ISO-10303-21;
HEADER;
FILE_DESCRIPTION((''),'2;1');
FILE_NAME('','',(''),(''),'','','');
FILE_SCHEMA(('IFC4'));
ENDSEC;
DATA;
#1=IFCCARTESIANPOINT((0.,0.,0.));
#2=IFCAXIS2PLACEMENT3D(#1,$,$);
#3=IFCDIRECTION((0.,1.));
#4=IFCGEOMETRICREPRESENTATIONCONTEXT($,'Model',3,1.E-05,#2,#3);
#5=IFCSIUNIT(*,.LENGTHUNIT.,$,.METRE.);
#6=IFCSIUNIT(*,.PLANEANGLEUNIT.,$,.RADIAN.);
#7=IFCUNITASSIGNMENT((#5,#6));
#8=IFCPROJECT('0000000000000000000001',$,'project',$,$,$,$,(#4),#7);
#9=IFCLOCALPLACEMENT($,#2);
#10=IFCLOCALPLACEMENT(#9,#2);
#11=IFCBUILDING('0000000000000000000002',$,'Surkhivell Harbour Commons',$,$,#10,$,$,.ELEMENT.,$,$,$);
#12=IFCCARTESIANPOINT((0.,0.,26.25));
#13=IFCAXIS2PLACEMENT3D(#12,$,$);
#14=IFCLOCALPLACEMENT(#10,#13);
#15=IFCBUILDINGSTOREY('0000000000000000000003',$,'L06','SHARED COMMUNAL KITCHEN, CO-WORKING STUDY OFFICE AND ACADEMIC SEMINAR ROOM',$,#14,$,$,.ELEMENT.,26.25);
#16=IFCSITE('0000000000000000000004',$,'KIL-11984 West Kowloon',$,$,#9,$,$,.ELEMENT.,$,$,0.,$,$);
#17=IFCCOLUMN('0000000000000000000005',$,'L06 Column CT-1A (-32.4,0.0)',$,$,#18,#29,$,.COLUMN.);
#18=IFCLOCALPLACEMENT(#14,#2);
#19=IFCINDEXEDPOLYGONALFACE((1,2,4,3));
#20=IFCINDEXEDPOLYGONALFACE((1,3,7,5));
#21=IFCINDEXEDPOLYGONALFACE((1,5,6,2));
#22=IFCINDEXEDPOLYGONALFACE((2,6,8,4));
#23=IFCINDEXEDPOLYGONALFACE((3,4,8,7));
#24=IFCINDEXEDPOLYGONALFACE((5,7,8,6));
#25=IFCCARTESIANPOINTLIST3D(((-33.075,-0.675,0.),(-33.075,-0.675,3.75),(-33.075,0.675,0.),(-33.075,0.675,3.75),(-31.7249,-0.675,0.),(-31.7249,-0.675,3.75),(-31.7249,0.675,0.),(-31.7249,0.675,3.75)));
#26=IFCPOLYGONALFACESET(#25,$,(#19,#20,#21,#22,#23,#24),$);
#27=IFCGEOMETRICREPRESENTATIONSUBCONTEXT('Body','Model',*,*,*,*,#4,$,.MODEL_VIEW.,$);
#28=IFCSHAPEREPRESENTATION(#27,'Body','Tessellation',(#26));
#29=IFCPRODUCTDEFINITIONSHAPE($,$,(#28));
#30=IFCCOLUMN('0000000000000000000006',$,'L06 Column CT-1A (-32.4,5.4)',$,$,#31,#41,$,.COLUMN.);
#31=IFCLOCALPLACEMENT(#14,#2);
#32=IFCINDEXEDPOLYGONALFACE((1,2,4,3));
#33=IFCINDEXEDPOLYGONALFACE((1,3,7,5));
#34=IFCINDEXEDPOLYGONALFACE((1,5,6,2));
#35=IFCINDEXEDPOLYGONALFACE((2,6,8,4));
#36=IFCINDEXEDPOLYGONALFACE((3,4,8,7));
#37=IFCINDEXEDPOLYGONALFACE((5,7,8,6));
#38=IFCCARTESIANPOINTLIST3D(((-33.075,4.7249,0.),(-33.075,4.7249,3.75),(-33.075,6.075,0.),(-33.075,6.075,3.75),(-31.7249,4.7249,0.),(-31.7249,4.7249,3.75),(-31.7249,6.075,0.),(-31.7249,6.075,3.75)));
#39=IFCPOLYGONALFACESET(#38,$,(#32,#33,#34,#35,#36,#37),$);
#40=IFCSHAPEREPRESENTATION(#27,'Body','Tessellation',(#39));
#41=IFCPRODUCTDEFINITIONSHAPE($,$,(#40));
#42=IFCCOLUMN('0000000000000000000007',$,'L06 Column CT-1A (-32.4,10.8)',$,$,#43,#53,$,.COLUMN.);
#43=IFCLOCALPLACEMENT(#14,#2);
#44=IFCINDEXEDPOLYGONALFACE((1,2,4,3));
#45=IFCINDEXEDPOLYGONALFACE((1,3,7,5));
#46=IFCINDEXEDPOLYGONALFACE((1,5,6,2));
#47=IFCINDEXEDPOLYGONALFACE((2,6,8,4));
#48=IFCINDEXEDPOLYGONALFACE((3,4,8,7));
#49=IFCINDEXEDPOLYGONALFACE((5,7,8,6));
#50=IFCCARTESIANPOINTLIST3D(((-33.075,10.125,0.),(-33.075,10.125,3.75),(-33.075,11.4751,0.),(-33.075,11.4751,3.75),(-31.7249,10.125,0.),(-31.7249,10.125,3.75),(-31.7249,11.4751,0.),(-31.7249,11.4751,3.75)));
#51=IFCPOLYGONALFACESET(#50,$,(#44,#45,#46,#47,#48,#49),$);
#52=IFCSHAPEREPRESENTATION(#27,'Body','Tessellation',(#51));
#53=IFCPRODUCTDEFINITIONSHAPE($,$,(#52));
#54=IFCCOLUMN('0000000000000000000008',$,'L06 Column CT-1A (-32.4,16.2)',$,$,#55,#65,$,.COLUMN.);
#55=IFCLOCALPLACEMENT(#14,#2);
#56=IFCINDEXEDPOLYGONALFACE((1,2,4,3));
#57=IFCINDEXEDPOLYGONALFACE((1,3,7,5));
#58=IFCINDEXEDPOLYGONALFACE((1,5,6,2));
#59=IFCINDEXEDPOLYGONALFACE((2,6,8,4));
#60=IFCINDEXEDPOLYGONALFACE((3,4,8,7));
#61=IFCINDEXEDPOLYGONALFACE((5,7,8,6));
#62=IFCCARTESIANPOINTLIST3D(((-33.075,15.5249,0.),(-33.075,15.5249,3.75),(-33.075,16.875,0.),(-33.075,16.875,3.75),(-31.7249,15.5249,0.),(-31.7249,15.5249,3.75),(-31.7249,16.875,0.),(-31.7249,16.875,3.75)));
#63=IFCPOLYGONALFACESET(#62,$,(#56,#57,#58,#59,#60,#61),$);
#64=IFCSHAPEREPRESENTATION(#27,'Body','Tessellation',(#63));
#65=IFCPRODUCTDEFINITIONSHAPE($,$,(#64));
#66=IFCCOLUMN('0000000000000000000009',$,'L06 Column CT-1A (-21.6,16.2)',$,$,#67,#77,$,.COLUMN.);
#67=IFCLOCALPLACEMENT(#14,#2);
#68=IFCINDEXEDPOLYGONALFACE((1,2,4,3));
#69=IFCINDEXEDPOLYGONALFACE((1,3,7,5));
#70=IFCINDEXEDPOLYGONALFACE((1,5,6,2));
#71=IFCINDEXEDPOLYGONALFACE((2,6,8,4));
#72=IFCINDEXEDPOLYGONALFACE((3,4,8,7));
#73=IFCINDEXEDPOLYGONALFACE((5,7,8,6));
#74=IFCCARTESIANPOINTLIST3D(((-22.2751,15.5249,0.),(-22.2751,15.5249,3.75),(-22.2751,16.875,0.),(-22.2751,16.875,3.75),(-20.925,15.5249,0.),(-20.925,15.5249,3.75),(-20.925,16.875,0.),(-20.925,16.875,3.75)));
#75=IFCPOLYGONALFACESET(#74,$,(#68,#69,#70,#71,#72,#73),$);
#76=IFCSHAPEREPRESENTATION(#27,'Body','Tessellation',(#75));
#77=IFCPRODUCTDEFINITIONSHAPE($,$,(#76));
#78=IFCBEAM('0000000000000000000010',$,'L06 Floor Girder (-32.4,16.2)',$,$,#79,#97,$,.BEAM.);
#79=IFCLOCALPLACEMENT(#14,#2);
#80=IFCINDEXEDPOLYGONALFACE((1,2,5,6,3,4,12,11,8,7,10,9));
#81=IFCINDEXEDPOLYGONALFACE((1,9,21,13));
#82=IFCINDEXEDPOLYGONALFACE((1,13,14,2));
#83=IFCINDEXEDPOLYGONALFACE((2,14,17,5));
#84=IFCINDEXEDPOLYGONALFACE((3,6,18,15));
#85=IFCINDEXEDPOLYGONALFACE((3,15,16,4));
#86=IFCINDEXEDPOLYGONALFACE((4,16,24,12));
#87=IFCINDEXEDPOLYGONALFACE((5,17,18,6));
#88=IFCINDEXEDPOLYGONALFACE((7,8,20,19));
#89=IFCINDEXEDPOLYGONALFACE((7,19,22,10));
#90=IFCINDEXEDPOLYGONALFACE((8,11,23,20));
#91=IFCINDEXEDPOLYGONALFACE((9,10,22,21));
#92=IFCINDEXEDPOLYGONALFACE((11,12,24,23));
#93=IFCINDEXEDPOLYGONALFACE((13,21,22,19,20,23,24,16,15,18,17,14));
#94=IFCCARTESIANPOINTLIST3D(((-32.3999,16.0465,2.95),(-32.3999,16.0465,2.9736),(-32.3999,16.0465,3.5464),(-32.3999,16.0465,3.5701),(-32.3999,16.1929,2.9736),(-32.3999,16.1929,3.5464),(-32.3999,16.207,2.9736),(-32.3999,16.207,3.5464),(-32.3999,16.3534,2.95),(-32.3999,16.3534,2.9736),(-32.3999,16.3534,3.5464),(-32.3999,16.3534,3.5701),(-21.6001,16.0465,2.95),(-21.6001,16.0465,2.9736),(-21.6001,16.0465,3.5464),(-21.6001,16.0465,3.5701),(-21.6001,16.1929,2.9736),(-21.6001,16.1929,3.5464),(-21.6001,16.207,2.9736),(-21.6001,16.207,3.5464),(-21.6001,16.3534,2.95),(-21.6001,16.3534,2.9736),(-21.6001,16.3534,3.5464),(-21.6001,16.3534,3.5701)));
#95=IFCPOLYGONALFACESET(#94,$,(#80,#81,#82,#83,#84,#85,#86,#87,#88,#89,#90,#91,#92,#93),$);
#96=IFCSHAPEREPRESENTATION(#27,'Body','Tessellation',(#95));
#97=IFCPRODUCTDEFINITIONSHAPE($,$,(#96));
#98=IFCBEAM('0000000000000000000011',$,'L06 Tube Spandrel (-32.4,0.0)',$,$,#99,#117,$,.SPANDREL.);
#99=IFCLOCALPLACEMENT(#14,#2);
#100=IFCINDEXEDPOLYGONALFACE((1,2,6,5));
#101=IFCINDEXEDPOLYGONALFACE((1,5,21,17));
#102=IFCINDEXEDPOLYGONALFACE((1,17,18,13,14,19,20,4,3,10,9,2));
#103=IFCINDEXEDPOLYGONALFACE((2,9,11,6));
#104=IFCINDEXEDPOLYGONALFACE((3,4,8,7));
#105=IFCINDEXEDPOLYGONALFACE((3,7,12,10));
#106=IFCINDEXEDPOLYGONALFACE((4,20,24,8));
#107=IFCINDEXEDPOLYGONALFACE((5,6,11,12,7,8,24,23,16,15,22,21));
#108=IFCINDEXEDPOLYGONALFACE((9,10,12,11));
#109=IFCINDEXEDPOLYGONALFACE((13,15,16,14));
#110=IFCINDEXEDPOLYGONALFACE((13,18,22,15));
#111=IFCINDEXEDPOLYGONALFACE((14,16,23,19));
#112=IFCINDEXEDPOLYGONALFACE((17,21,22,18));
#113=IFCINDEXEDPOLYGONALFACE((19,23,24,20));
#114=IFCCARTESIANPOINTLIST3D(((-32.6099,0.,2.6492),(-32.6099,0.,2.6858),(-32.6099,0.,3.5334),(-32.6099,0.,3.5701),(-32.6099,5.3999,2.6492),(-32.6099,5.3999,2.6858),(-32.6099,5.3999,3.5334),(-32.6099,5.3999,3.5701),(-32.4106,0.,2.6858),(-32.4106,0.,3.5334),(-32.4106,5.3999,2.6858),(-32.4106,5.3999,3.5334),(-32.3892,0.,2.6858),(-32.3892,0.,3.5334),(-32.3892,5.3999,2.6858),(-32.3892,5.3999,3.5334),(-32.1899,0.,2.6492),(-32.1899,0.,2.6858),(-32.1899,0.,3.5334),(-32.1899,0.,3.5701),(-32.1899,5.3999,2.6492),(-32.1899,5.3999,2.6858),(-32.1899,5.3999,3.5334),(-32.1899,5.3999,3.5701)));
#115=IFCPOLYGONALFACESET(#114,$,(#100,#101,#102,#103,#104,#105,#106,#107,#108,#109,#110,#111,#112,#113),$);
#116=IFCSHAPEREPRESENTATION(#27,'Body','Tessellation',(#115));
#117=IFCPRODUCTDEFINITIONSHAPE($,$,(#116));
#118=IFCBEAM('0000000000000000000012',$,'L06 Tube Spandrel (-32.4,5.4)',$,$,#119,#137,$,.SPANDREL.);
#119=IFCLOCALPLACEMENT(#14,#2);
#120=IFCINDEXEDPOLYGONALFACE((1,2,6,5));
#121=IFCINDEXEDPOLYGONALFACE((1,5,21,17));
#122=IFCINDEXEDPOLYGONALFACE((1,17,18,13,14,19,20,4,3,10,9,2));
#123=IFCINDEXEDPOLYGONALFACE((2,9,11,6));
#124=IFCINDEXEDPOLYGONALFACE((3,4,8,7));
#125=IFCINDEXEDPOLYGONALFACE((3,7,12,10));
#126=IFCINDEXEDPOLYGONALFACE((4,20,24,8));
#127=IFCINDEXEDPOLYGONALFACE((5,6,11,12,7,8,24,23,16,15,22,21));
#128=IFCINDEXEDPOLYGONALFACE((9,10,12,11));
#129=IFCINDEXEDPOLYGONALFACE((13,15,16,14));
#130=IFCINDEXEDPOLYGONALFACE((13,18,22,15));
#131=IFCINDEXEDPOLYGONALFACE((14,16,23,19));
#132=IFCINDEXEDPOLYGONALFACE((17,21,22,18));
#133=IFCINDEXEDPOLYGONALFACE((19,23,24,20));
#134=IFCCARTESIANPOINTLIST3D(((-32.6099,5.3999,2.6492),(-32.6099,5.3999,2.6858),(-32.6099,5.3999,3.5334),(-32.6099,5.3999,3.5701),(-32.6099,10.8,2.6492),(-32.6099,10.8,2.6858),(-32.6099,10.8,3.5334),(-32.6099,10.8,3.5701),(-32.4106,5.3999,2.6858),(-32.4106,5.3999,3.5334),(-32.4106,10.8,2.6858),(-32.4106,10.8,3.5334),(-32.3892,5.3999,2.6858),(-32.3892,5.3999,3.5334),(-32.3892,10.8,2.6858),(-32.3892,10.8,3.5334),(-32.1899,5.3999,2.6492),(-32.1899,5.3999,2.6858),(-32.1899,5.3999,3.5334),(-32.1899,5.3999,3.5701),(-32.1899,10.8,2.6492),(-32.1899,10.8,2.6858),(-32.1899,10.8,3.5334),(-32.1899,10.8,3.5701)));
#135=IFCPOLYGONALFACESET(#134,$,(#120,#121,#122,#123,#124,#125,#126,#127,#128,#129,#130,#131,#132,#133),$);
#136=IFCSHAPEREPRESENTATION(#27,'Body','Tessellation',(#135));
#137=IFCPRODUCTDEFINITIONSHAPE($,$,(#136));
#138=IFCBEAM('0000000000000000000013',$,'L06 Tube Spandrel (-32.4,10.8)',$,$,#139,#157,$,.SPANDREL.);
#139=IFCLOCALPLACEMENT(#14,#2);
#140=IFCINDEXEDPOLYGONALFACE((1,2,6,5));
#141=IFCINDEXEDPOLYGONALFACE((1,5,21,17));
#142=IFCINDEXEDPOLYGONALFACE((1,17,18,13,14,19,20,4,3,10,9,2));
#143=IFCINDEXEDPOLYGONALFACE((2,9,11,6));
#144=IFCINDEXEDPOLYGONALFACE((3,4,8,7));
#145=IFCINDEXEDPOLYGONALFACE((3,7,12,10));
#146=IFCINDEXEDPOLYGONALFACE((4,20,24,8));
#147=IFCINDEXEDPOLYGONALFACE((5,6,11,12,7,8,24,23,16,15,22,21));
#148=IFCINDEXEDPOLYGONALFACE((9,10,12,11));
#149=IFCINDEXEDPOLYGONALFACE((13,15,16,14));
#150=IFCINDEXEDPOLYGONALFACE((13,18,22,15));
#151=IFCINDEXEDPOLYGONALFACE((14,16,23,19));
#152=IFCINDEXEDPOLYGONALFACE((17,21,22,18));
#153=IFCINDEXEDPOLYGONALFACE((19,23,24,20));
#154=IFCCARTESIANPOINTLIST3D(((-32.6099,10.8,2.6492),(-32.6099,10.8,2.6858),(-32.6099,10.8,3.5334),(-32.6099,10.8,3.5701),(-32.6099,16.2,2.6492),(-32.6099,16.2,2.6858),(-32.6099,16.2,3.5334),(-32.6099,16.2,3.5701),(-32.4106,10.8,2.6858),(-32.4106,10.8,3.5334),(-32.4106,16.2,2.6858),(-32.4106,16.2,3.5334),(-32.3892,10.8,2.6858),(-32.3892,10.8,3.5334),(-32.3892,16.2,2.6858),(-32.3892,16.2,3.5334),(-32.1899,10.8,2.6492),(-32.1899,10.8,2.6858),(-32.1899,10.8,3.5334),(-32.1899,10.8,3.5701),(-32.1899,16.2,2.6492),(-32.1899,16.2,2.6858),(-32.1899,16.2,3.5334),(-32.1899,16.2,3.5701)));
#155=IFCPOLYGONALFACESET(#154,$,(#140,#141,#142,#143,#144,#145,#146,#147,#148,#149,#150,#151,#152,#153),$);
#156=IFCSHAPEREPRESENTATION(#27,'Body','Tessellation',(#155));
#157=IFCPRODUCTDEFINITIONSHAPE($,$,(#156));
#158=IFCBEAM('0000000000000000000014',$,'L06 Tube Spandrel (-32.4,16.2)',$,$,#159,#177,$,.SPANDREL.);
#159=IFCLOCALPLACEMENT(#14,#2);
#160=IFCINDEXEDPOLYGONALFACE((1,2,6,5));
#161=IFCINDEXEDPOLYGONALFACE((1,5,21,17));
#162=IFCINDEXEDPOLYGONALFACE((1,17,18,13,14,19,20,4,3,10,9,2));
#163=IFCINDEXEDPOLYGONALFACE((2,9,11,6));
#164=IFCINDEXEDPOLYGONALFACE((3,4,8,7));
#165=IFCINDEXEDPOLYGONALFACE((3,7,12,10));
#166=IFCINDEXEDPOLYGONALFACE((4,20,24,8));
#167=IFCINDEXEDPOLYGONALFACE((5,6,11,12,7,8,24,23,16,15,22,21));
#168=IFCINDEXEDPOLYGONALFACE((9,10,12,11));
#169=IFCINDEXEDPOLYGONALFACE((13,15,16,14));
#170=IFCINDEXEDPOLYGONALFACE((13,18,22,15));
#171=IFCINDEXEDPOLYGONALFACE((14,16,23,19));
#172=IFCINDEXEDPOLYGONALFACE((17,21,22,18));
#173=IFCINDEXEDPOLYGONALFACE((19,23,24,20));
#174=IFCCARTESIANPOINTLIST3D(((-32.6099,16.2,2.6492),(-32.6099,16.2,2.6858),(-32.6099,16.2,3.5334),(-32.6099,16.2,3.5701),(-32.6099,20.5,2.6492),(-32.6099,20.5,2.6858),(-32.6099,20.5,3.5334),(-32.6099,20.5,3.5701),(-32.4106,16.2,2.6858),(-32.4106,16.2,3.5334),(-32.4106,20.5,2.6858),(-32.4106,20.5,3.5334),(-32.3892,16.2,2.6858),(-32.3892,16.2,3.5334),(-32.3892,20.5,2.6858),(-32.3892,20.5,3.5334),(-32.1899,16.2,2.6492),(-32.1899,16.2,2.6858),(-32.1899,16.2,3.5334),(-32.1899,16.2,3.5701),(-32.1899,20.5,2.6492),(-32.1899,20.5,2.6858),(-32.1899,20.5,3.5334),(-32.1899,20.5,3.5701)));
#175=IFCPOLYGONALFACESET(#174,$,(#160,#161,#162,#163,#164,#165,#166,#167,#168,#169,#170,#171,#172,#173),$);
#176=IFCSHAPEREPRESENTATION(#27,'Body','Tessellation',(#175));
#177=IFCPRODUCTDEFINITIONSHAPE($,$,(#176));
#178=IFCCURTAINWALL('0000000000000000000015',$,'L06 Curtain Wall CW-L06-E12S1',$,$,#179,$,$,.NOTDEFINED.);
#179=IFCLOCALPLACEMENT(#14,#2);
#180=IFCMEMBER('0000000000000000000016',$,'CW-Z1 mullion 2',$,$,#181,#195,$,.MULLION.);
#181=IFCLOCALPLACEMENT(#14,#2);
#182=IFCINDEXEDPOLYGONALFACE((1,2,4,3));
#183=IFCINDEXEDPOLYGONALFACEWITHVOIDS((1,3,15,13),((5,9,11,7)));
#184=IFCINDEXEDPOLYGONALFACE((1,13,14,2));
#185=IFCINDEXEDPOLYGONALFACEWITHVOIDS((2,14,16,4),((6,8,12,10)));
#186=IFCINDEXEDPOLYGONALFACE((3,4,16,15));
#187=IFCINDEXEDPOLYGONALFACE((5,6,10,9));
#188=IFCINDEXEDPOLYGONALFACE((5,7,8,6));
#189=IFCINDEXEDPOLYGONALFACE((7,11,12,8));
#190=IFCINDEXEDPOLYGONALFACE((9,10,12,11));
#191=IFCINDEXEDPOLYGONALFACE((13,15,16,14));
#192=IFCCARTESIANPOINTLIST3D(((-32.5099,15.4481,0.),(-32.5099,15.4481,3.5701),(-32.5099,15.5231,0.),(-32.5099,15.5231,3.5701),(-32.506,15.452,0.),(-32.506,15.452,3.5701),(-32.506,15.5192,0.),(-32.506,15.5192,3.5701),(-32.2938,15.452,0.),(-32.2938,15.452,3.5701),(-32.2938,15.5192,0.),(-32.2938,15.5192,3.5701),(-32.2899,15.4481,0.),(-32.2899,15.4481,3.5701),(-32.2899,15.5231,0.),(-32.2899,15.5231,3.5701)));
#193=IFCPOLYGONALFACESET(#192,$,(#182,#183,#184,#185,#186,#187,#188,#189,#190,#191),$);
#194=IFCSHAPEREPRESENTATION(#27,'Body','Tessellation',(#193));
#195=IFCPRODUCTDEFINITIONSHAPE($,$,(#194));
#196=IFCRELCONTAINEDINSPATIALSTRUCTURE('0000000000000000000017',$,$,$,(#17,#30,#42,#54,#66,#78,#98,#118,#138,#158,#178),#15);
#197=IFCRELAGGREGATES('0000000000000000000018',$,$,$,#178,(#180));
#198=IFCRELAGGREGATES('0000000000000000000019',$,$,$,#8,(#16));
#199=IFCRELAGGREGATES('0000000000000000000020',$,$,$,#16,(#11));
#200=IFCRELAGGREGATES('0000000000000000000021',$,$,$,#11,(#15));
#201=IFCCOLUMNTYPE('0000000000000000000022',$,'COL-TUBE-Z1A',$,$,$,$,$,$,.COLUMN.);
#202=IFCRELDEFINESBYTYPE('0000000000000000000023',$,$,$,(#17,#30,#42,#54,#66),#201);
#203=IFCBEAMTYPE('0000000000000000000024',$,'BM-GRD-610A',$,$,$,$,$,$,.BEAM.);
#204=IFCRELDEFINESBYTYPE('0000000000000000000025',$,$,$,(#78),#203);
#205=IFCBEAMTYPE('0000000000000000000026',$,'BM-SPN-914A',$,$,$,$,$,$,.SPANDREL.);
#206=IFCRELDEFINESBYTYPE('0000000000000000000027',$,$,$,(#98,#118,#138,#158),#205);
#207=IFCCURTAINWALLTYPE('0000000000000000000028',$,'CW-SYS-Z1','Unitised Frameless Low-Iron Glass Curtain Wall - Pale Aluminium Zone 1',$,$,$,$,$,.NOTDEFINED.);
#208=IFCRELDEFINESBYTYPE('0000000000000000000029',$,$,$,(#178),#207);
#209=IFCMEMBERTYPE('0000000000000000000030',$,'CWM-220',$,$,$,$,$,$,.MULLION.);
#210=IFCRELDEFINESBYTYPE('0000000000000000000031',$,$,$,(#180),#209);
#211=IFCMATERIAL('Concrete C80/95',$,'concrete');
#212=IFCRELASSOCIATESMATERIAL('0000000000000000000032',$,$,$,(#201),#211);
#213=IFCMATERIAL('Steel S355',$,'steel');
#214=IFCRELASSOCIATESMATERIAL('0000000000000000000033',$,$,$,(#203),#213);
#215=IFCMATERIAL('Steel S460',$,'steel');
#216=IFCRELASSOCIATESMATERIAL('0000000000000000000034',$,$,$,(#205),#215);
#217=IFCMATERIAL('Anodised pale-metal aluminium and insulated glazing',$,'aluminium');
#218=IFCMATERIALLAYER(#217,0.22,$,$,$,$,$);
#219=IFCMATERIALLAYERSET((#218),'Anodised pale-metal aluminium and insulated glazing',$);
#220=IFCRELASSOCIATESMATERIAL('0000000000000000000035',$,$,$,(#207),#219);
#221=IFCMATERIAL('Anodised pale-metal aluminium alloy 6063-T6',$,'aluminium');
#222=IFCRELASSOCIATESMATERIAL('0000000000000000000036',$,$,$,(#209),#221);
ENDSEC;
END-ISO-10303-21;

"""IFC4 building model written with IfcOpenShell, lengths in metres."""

from ifc_helpers import new_model, si_unit, direction, frame, origin, origin_2d, place, context, subcontext, project, spatial, rectangle, hollow_rectangle, i_section, extrude, material, layer, layer_set, material_profile, profile_set, type_object, element, aggregate, save


model = new_model("IFC4")

# Units and contexts
model_context = context("Model", 3, precision=1e-05, world=origin(), true_north=direction((0.0, 1.0)))
body_context = subcontext(model_context, "Body", "Model", "MODEL_VIEW")
ifc_project = project(units=[si_unit("LENGTHUNIT", "METRE"), si_unit("PLANEANGLEUNIT", "RADIAN")], contexts=[model_context])

# Site, building, storey
site_placement = place(None, origin())
site = spatial("IfcSite", under=ifc_project, at=site_placement, Name="KIL-11984 West Kowloon", CompositionType="ELEMENT", RefElevation=0.0)
building_placement = place(site_placement, origin())
building = spatial("IfcBuilding", under=site, at=building_placement, Name="Surkhivell Harbour Commons", CompositionType="ELEMENT")
storey_placement = place(building_placement, frame((0.0, 0.0, 26.25)))
storey = spatial("IfcBuildingStorey", under=building, at=storey_placement, Name="L06", Description="SHARED COMMUNAL KITCHEN, CO-WORKING STUDY OFFICE AND ACADEMIC SEMINAR ROOM", CompositionType="ELEMENT", Elevation=26.25)

# Columns
ifc_material_1 = material(Name="Concrete C80/95", Category="concrete")
ifc_material_profile_1 = material_profile(ifc_material_1, rectangle(XDim=1.3501, YDim=1.3501, at=origin_2d()), Name="RC-COL-1350x1350")
ifc_profile_set_1 = profile_set([ifc_material_profile_1], Name="Concrete C80/95")
column_type = type_object("IfcColumnType", Name="COL-TUBE-Z1A", PredefinedType="COLUMN", material=ifc_profile_set_1)
for number, where, z_axis, x_axis, name in (
    (1, (-32.3999, 0.0, 0.0), (0.0, 0.0, 1.0), (1.0, 0.0, 0.0), "L06 Column CT-1A (-32.4,0.0)"),
    (2, (-32.3999, 5.3999, 0.0), (0.0, 0.0, 1.0), (1.0, 0.0, 0.0), "L06 Column CT-1A (-32.4,5.4)"),
    (3, (-32.3999, 10.8, 0.0), (0.0, 0.0, 1.0), (1.0, 0.0, 0.0), "L06 Column CT-1A (-32.4,10.8)"),
    (4, (-32.3999, 16.2, 0.0), (0.0, 0.0, 1.0), (1.0, 0.0, 0.0), "L06 Column CT-1A (-32.4,16.2)"),
    (5, (-21.6001, 16.2, 0.0), (0.0, 0.0, 1.0), (1.0, 0.0, 0.0), "L06 Column CT-1A (-21.6,16.2)"),
):
    element("IfcColumn", number, at=place(storey_placement, frame(where, z_axis=z_axis, x_axis=x_axis)), inside=storey, type_object=column_type, Name=name, PredefinedType="COLUMN", context=body_context, shape_type="SweptSolid", body=[
        extrude(rectangle(XDim=1.3501, YDim=1.3501, at=origin_2d()), origin(), (0.0, 0.0, 1.0), 3.75),
    ])

# Beams
ifc_material_2 = material(Name="Steel S355", Category="steel")
ifc_material_profile_2 = material_profile(ifc_material_2, i_section(OverallWidth=0.3069, OverallDepth=0.6201, WebThickness=0.0142, FlangeThickness=0.0237, at=origin_2d()), Name="UB610x305x179")
ifc_profile_set_2 = profile_set([ifc_material_profile_2], Name="Steel S355")
beam_type_1 = type_object("IfcBeamType", Name="BM-GRD-610A", PredefinedType="BEAM", material=ifc_profile_set_2)
beam_1_placement = place(storey_placement, frame((-32.3999, 16.2, 3.26), z_axis=(1.0, 0.0, 0.0), x_axis=(0.0, 1.0, 0.0)))
element("IfcBeam", 6, at=beam_1_placement, inside=storey, type_object=beam_type_1, Name="L06 Floor Girder (-32.4,16.2)", PredefinedType="BEAM", context=body_context, shape_type="SweptSolid", body=[
    extrude(i_section(OverallWidth=0.3069, OverallDepth=0.6201, WebThickness=0.0142, FlangeThickness=0.0237, at=origin_2d()), origin(), (0.0, 0.0, 1.0), 10.7998),
])
ifc_material_3 = material(Name="Steel S460", Category="steel")
ifc_material_profile_3 = material_profile(ifc_material_3, i_section(OverallWidth=0.4199, OverallDepth=0.9209, WebThickness=0.0215, FlangeThickness=0.0366, at=origin_2d()), Name="UB914x419x388")
ifc_profile_set_3 = profile_set([ifc_material_profile_3], Name="Steel S460")
beam_type_2 = type_object("IfcBeamType", Name="BM-SPN-914A", PredefinedType="SPANDREL", material=ifc_profile_set_3)
beam_2_placement = place(storey_placement, frame((-32.3999, 0.0, 3.1096), z_axis=(0.0, 1.0, 0.0), x_axis=(-1.0, 0.0, 0.0)))
element("IfcBeam", 7, at=beam_2_placement, inside=storey, type_object=beam_type_2, Name="L06 Tube Spandrel (-32.4,0.0)", PredefinedType="SPANDREL", context=body_context, shape_type="SweptSolid", body=[
    extrude(i_section(OverallWidth=0.4199, OverallDepth=0.9209, WebThickness=0.0215, FlangeThickness=0.0366, at=origin_2d()), origin(), (0.0, 0.0, 1.0), 5.3999),
])
beam_3_placement = place(storey_placement, frame((-32.3999, 5.3999, 3.1096), z_axis=(0.0, 1.0, 0.0), x_axis=(-1.0, 0.0, 0.0)))
element("IfcBeam", 8, at=beam_3_placement, inside=storey, type_object=beam_type_2, Name="L06 Tube Spandrel (-32.4,5.4)", PredefinedType="SPANDREL", context=body_context, shape_type="SweptSolid", body=[
    extrude(i_section(OverallWidth=0.4199, OverallDepth=0.9209, WebThickness=0.0215, FlangeThickness=0.0366, at=origin_2d()), origin(), (0.0, 0.0, 1.0), 5.4001),
])
beam_4_placement = place(storey_placement, frame((-32.3999, 10.8, 3.1096), z_axis=(0.0, 1.0, 0.0), x_axis=(-1.0, 0.0, 0.0)))
element("IfcBeam", 9, at=beam_4_placement, inside=storey, type_object=beam_type_2, Name="L06 Tube Spandrel (-32.4,10.8)", PredefinedType="SPANDREL", context=body_context, shape_type="SweptSolid", body=[
    extrude(i_section(OverallWidth=0.4199, OverallDepth=0.9209, WebThickness=0.0215, FlangeThickness=0.0366, at=origin_2d()), origin(), (0.0, 0.0, 1.0), 5.3999),
])
beam_5_placement = place(storey_placement, frame((-32.3999, 16.2, 3.1096), z_axis=(0.0, 1.0, 0.0), x_axis=(-1.0, 0.0, 0.0)))
element("IfcBeam", 10, at=beam_5_placement, inside=storey, type_object=beam_type_2, Name="L06 Tube Spandrel (-32.4,16.2)", PredefinedType="SPANDREL", context=body_context, shape_type="SweptSolid", body=[
    extrude(i_section(OverallWidth=0.4199, OverallDepth=0.9209, WebThickness=0.0215, FlangeThickness=0.0366, at=origin_2d()), origin(), (0.0, 0.0, 1.0), 4.3),
])

# Curtain wall, member
ifc_material_4 = material(Name="Anodised pale-metal aluminium and insulated glazing", Category="aluminium")
ifc_layer_1 = layer(ifc_material_4, 0.22)
ifc_layer_set_1 = layer_set([ifc_layer_1], Name="Anodised pale-metal aluminium and insulated glazing")
curtain_wall_type = type_object("IfcCurtainWallType", Name="CW-SYS-Z1", Description="Unitised Frameless Low-Iron Glass Curtain Wall - Pale Aluminium Zone 1", PredefinedType="NOTDEFINED", material=ifc_layer_set_1)
curtain_wall_placement = place(storey_placement, origin())
curtain_wall = element("IfcCurtainWall", 11, at=curtain_wall_placement, inside=storey, type_object=curtain_wall_type, Name="L06 Curtain Wall CW-L06-E12S1", PredefinedType="NOTDEFINED")
ifc_material_5 = material(Name="Anodised pale-metal aluminium alloy 6063-T6", Category="aluminium")
ifc_material_profile_4 = material_profile(ifc_material_5, hollow_rectangle(XDim=0.075, YDim=0.22, WallThickness=0.0039, at=origin_2d()), Name="ALU-MULL-75x220")
ifc_profile_set_4 = profile_set([ifc_material_profile_4], Name="Anodised pale-metal aluminium alloy 6063-T6")
member_type_1 = type_object("IfcMemberType", Name="CWM-220", PredefinedType="MULLION", material=ifc_profile_set_4)
member_1_placement = place(storey_placement, frame((-32.3999, 15.4856, 0.0), z_axis=(0.0, 0.0, 1.0), x_axis=(0.0, -1.0, 0.0)))
member_1 = element("IfcMember", 12, at=member_1_placement, type_object=member_type_1, Name="CW-Z1 mullion 2", PredefinedType="MULLION", context=body_context, shape_type="SweptSolid", body=[
    extrude(hollow_rectangle(XDim=0.075, YDim=0.22, WallThickness=0.0039, at=origin_2d()), origin(), (0.0, 0.0, 1.0), 3.5701),
])
aggregate(curtain_wall, [member_1])

save(model, "model.ifc")
